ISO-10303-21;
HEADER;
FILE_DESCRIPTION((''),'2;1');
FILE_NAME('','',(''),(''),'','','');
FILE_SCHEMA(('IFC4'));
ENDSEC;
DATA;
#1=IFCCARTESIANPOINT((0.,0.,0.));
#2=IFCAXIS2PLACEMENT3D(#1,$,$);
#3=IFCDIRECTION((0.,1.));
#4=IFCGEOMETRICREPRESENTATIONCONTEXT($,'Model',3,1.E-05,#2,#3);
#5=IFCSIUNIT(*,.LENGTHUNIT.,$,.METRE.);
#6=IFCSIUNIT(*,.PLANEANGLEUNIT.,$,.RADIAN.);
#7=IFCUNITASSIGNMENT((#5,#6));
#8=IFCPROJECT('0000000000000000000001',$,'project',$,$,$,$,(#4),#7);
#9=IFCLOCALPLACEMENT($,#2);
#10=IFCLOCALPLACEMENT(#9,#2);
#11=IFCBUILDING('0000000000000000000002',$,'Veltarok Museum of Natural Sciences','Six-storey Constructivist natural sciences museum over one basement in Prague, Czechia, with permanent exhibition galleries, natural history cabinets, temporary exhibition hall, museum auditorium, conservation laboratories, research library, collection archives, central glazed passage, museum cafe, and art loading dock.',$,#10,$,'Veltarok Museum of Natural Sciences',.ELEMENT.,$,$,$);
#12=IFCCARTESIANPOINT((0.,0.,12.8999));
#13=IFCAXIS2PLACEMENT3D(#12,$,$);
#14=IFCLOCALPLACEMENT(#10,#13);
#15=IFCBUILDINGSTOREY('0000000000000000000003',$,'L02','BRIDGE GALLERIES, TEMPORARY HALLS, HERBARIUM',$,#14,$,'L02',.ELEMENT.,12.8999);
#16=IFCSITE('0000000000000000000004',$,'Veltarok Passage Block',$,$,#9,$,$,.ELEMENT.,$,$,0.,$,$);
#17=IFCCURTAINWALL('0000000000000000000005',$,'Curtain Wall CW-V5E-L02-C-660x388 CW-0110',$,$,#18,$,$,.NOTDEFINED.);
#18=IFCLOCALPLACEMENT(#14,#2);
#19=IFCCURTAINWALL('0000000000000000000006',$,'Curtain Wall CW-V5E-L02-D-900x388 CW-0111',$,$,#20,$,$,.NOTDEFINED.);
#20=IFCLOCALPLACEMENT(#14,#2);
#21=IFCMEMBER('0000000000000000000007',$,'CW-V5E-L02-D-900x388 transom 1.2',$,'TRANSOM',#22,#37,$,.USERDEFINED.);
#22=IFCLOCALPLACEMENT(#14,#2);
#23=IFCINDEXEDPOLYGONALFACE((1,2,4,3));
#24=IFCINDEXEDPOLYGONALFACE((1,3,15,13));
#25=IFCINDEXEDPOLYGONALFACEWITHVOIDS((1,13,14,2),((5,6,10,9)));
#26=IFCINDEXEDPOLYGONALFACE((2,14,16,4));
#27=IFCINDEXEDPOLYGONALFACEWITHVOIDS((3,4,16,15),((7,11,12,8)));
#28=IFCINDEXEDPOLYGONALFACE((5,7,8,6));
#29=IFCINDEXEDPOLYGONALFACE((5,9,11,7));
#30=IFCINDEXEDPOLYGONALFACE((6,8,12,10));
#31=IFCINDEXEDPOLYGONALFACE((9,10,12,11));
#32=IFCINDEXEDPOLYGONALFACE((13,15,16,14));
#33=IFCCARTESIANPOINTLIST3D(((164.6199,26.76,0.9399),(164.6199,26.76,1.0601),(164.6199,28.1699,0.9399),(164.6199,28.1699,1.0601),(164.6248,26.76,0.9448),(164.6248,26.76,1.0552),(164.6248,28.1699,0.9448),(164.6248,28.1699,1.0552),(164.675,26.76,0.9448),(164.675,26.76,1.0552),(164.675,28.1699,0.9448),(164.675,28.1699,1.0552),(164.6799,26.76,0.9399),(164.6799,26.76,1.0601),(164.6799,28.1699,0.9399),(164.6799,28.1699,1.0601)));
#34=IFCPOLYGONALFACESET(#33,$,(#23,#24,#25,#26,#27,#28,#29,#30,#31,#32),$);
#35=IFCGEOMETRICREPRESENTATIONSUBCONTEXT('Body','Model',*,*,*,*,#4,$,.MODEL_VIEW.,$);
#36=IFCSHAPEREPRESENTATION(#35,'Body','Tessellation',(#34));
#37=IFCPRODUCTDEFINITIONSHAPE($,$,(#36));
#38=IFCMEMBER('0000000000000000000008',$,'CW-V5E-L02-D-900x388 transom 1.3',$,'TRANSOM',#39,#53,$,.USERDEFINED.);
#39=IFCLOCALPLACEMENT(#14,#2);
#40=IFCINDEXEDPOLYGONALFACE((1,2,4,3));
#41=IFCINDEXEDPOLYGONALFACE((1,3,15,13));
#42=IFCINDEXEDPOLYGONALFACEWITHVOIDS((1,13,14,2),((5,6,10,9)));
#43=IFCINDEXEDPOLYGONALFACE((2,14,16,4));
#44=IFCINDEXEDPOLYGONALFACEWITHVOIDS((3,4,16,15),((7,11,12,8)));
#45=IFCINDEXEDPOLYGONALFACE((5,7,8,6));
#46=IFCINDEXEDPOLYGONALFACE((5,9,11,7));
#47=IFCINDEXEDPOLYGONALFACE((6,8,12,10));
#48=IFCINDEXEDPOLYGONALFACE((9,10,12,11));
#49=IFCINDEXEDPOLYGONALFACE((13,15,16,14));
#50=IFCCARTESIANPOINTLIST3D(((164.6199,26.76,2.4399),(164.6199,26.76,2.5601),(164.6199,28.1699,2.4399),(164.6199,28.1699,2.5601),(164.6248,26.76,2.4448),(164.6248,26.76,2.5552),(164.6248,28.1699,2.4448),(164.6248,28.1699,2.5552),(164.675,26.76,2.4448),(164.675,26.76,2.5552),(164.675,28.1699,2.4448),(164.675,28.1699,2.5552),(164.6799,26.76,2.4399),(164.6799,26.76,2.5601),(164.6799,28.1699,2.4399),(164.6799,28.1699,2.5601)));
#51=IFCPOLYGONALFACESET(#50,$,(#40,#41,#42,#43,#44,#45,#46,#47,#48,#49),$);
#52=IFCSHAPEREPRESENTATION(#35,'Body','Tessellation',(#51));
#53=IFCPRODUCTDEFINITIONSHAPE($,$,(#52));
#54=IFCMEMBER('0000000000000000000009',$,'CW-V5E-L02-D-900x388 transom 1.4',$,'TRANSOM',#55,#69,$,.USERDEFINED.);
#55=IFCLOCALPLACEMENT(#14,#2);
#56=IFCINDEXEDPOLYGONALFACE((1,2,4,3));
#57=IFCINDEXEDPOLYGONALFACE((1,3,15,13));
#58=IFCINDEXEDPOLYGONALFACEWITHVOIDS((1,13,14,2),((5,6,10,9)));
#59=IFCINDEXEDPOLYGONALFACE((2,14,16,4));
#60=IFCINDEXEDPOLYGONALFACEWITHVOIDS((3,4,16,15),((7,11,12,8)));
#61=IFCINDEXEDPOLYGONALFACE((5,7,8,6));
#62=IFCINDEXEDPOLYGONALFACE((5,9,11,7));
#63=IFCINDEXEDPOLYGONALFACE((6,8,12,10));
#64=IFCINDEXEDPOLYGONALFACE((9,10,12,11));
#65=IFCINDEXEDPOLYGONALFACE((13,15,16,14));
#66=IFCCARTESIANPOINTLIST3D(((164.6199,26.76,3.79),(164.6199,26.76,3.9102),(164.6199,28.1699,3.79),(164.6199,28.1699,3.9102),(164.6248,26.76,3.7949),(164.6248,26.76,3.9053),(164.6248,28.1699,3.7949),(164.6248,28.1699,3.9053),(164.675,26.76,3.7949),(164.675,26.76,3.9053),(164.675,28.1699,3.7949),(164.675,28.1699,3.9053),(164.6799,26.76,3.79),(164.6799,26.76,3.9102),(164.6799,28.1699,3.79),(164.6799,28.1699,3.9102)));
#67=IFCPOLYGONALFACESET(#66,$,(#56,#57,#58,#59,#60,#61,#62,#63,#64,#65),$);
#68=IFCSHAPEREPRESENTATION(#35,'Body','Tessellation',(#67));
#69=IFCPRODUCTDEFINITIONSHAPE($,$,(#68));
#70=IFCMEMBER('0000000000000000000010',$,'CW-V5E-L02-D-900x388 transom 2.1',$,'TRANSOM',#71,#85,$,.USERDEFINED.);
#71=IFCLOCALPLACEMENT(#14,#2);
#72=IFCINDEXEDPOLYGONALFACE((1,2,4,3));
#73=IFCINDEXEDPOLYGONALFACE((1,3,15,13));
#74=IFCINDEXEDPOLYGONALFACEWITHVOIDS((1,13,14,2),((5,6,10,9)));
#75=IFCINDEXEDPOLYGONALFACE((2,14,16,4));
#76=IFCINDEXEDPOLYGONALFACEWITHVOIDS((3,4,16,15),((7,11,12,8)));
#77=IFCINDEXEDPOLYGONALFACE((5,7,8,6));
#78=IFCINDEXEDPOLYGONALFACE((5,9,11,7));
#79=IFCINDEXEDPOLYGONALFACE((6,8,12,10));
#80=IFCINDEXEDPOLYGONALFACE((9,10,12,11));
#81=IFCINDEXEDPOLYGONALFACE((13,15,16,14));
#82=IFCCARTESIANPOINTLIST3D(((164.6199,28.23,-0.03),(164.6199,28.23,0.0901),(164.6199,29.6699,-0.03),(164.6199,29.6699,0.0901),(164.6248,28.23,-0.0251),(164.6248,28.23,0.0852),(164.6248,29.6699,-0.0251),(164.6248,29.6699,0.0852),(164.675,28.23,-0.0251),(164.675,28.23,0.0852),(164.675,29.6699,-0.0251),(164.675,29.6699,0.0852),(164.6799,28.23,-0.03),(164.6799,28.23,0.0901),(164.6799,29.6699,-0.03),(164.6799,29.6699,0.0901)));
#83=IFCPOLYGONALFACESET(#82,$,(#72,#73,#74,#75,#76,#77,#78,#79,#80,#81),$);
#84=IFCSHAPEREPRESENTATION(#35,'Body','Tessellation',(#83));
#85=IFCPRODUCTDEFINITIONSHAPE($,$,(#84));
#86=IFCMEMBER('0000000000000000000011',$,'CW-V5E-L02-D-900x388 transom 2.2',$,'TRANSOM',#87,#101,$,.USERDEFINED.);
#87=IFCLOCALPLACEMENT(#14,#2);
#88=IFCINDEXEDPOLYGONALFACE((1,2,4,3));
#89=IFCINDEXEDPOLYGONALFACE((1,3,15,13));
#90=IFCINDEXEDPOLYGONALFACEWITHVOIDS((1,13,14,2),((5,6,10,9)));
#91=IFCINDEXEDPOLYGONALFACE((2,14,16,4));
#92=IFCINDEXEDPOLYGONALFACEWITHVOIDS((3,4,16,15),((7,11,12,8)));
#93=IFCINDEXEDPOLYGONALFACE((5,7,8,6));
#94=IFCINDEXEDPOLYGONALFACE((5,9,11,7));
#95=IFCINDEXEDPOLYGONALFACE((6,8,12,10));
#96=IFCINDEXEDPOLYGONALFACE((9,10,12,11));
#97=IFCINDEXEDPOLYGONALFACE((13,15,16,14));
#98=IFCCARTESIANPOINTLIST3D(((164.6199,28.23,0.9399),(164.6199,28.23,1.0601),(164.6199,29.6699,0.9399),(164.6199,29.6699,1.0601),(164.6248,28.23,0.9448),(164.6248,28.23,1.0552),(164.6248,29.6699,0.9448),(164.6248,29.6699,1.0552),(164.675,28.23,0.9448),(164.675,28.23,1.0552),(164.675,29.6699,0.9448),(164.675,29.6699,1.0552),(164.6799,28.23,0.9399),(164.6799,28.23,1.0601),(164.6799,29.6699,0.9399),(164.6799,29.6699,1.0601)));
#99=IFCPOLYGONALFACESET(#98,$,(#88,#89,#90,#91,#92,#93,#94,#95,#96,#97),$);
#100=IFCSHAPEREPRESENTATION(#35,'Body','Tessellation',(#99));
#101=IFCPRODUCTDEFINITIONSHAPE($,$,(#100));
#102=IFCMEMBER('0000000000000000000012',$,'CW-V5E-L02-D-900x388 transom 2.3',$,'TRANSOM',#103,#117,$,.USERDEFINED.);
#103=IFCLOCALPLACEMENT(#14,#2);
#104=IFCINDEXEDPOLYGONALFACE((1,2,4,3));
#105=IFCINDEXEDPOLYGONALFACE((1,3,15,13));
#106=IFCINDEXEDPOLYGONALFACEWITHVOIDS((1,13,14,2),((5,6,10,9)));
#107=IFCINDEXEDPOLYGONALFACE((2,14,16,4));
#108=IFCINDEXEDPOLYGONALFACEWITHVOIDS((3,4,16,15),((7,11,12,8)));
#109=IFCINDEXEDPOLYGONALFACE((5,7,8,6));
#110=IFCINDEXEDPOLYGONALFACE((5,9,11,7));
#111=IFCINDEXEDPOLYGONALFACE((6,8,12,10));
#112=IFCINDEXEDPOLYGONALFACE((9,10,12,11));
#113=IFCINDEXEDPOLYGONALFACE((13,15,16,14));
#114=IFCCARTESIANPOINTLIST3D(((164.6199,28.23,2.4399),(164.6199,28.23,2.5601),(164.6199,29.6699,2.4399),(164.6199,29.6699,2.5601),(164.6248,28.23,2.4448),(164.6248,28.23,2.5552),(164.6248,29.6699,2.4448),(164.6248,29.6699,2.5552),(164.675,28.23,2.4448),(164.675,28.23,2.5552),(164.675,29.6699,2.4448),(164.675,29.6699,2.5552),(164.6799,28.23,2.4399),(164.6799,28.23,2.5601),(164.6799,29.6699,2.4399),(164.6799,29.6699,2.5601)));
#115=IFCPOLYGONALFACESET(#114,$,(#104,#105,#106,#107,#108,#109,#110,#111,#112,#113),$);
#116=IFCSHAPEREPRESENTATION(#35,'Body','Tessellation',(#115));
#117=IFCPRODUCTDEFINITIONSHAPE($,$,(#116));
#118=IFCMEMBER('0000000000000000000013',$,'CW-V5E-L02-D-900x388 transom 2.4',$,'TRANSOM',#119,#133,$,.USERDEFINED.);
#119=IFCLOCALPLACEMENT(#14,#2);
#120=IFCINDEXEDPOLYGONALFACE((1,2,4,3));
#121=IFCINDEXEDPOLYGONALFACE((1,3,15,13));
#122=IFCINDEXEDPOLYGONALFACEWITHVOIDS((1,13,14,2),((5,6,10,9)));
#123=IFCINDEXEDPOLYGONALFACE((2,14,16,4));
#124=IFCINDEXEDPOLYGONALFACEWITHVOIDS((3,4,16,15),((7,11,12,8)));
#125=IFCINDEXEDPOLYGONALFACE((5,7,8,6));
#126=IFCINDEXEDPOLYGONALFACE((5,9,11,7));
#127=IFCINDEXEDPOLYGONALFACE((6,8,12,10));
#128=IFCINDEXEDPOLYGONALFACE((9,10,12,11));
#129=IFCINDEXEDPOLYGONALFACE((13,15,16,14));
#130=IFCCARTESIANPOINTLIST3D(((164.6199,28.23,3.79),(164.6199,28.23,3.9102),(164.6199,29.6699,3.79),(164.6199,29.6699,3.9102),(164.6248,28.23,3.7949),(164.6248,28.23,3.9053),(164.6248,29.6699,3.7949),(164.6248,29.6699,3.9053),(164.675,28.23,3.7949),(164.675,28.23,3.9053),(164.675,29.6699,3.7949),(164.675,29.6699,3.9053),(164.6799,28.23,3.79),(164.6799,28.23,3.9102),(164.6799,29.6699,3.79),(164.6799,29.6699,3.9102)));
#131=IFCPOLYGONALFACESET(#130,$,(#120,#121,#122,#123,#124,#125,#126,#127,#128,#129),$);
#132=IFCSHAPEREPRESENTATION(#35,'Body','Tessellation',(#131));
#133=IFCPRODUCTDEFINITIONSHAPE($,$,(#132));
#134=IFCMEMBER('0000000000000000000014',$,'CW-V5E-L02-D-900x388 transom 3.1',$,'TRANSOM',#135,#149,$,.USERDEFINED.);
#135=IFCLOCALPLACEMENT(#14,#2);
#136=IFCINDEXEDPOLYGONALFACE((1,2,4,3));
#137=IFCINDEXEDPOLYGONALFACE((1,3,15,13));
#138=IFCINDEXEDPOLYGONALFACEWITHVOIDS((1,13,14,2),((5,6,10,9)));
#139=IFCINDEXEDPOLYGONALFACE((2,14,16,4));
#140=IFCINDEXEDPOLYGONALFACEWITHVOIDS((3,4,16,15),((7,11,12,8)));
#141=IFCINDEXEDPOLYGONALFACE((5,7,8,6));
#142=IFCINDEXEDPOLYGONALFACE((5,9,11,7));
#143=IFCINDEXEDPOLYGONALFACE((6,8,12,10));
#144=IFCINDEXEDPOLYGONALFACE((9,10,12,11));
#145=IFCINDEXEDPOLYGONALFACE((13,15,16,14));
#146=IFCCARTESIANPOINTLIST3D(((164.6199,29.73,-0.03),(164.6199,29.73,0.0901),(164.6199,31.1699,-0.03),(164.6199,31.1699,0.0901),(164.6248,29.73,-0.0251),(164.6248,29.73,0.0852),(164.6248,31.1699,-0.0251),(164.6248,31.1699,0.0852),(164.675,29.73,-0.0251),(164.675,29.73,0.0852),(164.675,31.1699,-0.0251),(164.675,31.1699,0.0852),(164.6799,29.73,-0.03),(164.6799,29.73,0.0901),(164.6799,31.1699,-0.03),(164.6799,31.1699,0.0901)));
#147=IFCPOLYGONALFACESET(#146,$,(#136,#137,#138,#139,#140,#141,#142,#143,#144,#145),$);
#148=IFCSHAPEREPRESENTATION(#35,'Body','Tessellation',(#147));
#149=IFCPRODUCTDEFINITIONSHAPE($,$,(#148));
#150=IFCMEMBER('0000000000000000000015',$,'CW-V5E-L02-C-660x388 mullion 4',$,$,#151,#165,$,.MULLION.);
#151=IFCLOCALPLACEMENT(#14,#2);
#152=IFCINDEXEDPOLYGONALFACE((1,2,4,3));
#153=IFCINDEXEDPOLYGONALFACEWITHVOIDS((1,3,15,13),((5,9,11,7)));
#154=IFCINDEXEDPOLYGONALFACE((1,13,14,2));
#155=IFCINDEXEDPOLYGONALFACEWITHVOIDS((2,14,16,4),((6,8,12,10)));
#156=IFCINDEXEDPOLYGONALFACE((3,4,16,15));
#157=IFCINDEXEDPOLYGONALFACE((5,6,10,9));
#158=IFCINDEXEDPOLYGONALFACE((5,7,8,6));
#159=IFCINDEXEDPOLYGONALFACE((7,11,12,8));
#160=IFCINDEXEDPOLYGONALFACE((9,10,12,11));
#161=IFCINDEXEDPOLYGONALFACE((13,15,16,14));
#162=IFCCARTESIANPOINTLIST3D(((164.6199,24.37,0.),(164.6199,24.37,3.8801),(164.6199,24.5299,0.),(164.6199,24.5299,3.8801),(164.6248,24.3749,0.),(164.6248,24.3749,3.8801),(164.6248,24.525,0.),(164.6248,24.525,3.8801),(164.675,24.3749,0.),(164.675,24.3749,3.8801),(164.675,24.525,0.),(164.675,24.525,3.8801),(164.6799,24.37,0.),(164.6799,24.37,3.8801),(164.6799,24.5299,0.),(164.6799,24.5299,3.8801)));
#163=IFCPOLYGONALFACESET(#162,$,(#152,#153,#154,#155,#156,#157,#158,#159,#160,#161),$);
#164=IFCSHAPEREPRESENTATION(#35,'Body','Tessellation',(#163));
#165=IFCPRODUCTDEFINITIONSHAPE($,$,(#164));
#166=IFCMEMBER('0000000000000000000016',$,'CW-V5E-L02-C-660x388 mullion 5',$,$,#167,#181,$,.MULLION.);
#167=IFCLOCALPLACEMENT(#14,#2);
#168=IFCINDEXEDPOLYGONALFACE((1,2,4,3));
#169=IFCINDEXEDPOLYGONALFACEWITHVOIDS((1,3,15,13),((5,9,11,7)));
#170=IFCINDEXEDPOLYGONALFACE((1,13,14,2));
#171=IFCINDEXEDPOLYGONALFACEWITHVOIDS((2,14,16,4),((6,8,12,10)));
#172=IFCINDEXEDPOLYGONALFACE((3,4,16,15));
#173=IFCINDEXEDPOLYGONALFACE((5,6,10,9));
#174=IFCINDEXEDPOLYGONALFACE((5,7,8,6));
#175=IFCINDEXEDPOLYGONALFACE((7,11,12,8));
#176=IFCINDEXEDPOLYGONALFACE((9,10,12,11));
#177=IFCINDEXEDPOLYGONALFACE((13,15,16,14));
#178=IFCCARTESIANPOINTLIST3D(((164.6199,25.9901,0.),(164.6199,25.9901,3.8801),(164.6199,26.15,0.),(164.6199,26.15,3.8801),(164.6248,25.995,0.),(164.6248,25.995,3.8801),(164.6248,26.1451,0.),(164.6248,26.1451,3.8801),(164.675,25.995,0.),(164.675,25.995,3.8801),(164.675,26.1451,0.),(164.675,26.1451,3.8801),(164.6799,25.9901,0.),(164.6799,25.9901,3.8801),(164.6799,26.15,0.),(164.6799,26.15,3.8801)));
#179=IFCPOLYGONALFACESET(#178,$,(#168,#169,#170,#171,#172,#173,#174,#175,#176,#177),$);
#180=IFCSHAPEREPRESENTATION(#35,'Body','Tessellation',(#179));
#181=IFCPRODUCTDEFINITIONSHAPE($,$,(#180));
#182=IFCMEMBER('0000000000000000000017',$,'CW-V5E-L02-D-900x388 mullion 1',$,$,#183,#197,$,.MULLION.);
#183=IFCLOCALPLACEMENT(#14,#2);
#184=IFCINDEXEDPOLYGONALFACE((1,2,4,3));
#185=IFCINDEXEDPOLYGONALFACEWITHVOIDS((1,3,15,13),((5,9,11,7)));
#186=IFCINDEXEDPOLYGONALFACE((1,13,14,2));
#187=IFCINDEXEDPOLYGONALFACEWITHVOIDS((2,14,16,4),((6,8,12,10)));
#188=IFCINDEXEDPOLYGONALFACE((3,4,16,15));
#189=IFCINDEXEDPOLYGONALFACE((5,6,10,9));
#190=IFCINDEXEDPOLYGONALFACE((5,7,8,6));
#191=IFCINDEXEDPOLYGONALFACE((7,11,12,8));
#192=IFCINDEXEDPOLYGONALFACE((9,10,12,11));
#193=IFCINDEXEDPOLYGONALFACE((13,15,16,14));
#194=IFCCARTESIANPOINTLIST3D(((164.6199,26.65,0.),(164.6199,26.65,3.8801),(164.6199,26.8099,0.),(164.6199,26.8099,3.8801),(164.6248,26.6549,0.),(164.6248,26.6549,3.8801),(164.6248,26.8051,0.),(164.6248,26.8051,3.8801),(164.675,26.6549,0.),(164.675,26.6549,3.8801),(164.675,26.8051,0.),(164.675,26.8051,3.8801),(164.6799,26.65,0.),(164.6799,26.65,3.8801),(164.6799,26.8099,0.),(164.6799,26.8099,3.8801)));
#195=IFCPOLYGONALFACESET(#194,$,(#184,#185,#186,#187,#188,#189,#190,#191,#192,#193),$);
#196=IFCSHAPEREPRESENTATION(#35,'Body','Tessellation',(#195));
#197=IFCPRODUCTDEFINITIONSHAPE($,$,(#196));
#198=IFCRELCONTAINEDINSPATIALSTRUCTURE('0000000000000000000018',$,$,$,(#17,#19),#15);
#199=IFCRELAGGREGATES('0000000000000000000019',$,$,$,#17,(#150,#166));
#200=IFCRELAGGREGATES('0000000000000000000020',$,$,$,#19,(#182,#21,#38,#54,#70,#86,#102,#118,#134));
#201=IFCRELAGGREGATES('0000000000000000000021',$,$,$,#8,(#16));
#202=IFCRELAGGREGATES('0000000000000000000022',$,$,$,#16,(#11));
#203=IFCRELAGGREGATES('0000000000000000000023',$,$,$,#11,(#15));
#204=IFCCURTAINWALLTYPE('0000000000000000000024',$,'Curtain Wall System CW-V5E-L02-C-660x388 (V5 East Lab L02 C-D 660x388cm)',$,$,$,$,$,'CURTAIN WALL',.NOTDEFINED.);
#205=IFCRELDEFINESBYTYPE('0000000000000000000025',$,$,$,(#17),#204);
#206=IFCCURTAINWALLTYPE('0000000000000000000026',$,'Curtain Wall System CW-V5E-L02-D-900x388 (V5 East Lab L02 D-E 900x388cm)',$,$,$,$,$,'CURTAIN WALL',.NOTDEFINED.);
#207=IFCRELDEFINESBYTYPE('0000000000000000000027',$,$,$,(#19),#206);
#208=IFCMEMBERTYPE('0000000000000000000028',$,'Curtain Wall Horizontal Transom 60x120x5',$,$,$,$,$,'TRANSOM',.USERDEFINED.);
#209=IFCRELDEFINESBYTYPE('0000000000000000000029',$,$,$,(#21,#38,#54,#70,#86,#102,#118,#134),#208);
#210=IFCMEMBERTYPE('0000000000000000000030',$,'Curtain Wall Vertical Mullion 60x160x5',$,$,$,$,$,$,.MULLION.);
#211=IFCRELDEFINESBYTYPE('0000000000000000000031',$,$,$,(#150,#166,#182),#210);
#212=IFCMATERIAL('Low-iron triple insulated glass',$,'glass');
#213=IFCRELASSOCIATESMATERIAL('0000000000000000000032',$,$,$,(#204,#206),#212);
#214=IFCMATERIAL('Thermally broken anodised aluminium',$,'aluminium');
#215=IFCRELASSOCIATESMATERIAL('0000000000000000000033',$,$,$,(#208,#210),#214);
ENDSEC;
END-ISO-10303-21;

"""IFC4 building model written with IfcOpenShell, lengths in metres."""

from ifc_helpers import new_model, si_unit, direction, frame, origin, origin_2d, place, context, subcontext, project, spatial, hollow_rectangle, extrude, material, material_profile, profile_set, type_object, element, aggregate, save


model = new_model("IFC4")

# Units and contexts
model_context = context("Model", 3, precision=1e-05, world=origin(), true_north=direction((0.0, 1.0)))
body_context = subcontext(model_context, "Body", "Model", "MODEL_VIEW")
ifc_project = project(units=[si_unit("LENGTHUNIT", "METRE"), si_unit("PLANEANGLEUNIT", "RADIAN")], contexts=[model_context])

# Site, building, storey
site_placement = place(None, origin())
site = spatial("IfcSite", under=ifc_project, at=site_placement, Name="Veltarok Passage Block", CompositionType="ELEMENT", RefElevation=0.0)
building_placement = place(site_placement, origin())
building = spatial("IfcBuilding", under=site, at=building_placement, Name="Veltarok Museum of Natural Sciences", Description="Six-storey Constructivist natural sciences museum over one basement in Prague, Czechia, with permanent exhibition galleries, natural history cabinets, temporary exhibition hall, museum auditorium, conservation laboratories, research library, collection archives, central glazed passage, museum cafe, and art loading dock.", LongName="Veltarok Museum of Natural Sciences", CompositionType="ELEMENT")
storey_placement = place(building_placement, frame((0.0, 0.0, 12.8999)))
storey = spatial("IfcBuildingStorey", under=building, at=storey_placement, Name="L02", Description="BRIDGE GALLERIES, TEMPORARY HALLS, HERBARIUM", LongName="L02", CompositionType="ELEMENT", Elevation=12.8999)

# Curtain walls, members
ifc_material_1 = material(Name="Low-iron triple insulated glass", Category="glass")
curtain_wall_type_1 = type_object("IfcCurtainWallType", Name="Curtain Wall System CW-V5E-L02-C-660x388 (V5 East Lab L02 C-D 660x388cm)", ElementType="CURTAIN WALL", PredefinedType="NOTDEFINED", material=ifc_material_1)
curtain_wall_1_placement = place(storey_placement, origin())
curtain_wall_1 = element("IfcCurtainWall", 1, at=curtain_wall_1_placement, inside=storey, type_object=curtain_wall_type_1, Name="Curtain Wall CW-V5E-L02-C-660x388 CW-0110", PredefinedType="NOTDEFINED")
ifc_material_2 = material(Name="Thermally broken anodised aluminium", Category="aluminium")
ifc_material_profile_1 = material_profile(ifc_material_2, hollow_rectangle(XDim=0.0601, YDim=0.1201, WallThickness=0.0049, at=origin_2d()), Name="CW TRANSOM 60x120x5")
ifc_profile_set_1 = profile_set([ifc_material_profile_1], Name="Thermally broken anodised aluminium")
member_type_1 = type_object("IfcMemberType", Name="Curtain Wall Horizontal Transom 60x120x5", ElementType="TRANSOM", PredefinedType="USERDEFINED", material=ifc_profile_set_1)
curtain_wall_type_2 = type_object("IfcCurtainWallType", Name="Curtain Wall System CW-V5E-L02-D-900x388 (V5 East Lab L02 D-E 900x388cm)", ElementType="CURTAIN WALL", PredefinedType="NOTDEFINED", material=ifc_material_1)
curtain_wall_2_placement = place(storey_placement, origin())
curtain_wall_2 = element("IfcCurtainWall", 2, at=curtain_wall_2_placement, inside=storey, type_object=curtain_wall_type_2, Name="Curtain Wall CW-V5E-L02-D-900x388 CW-0111", PredefinedType="NOTDEFINED")
member_1_placement = place(storey_placement, frame((164.6499, 26.76, 1.0), z_axis=(0.0, 1.0, 0.0), x_axis=(-1.0, 0.0, 0.0)))
member_1 = element("IfcMember", 3, at=member_1_placement, type_object=member_type_1, Name="CW-V5E-L02-D-900x388 transom 1.2", ObjectType="TRANSOM", PredefinedType="USERDEFINED", context=body_context, shape_type="SweptSolid", body=[
    extrude(hollow_rectangle(XDim=0.0601, YDim=0.1201, WallThickness=0.0049, at=origin_2d()), origin(), (0.0, 0.0, 1.0), 1.4099),
])
member_2_placement = place(storey_placement, frame((164.6499, 26.76, 2.5), z_axis=(0.0, 1.0, 0.0), x_axis=(-1.0, 0.0, 0.0)))
member_2 = element("IfcMember", 4, at=member_2_placement, type_object=member_type_1, Name="CW-V5E-L02-D-900x388 transom 1.3", ObjectType="TRANSOM", PredefinedType="USERDEFINED", context=body_context, shape_type="SweptSolid", body=[
    extrude(hollow_rectangle(XDim=0.0601, YDim=0.1201, WallThickness=0.0049, at=origin_2d()), origin(), (0.0, 0.0, 1.0), 1.4099),
])
member_3_placement = place(storey_placement, frame((164.6499, 26.76, 3.8501), z_axis=(0.0, 1.0, 0.0), x_axis=(-1.0, 0.0, 0.0)))
member_3 = element("IfcMember", 5, at=member_3_placement, type_object=member_type_1, Name="CW-V5E-L02-D-900x388 transom 1.4", ObjectType="TRANSOM", PredefinedType="USERDEFINED", context=body_context, shape_type="SweptSolid", body=[
    extrude(hollow_rectangle(XDim=0.0601, YDim=0.1201, WallThickness=0.0049, at=origin_2d()), origin(), (0.0, 0.0, 1.0), 1.4099),
])
member_4_placement = place(storey_placement, frame((164.6499, 28.23, 0.03), z_axis=(0.0, 1.0, 0.0), x_axis=(-1.0, 0.0, 0.0)))
member_4 = element("IfcMember", 6, at=member_4_placement, type_object=member_type_1, Name="CW-V5E-L02-D-900x388 transom 2.1", ObjectType="TRANSOM", PredefinedType="USERDEFINED", context=body_context, shape_type="SweptSolid", body=[
    extrude(hollow_rectangle(XDim=0.0601, YDim=0.1201, WallThickness=0.0049, at=origin_2d()), origin(), (0.0, 0.0, 1.0), 1.4399),
])
member_5_placement = place(storey_placement, frame((164.6499, 28.23, 1.0), z_axis=(0.0, 1.0, 0.0), x_axis=(-1.0, 0.0, 0.0)))
member_5 = element("IfcMember", 7, at=member_5_placement, type_object=member_type_1, Name="CW-V5E-L02-D-900x388 transom 2.2", ObjectType="TRANSOM", PredefinedType="USERDEFINED", context=body_context, shape_type="SweptSolid", body=[
    extrude(hollow_rectangle(XDim=0.0601, YDim=0.1201, WallThickness=0.0049, at=origin_2d()), origin(), (0.0, 0.0, 1.0), 1.4399),
])
member_6_placement = place(storey_placement, frame((164.6499, 28.23, 2.5), z_axis=(0.0, 1.0, 0.0), x_axis=(-1.0, 0.0, 0.0)))
member_6 = element("IfcMember", 8, at=member_6_placement, type_object=member_type_1, Name="CW-V5E-L02-D-900x388 transom 2.3", ObjectType="TRANSOM", PredefinedType="USERDEFINED", context=body_context, shape_type="SweptSolid", body=[
    extrude(hollow_rectangle(XDim=0.0601, YDim=0.1201, WallThickness=0.0049, at=origin_2d()), origin(), (0.0, 0.0, 1.0), 1.4399),
])
member_7_placement = place(storey_placement, frame((164.6499, 28.23, 3.8501), z_axis=(0.0, 1.0, 0.0), x_axis=(-1.0, 0.0, 0.0)))
member_7 = element("IfcMember", 9, at=member_7_placement, type_object=member_type_1, Name="CW-V5E-L02-D-900x388 transom 2.4", ObjectType="TRANSOM", PredefinedType="USERDEFINED", context=body_context, shape_type="SweptSolid", body=[
    extrude(hollow_rectangle(XDim=0.0601, YDim=0.1201, WallThickness=0.0049, at=origin_2d()), origin(), (0.0, 0.0, 1.0), 1.4399),
])
member_8_placement = place(storey_placement, frame((164.6499, 29.73, 0.03), z_axis=(0.0, 1.0, 0.0), x_axis=(-1.0, 0.0, 0.0)))
member_8 = element("IfcMember", 10, at=member_8_placement, type_object=member_type_1, Name="CW-V5E-L02-D-900x388 transom 3.1", ObjectType="TRANSOM", PredefinedType="USERDEFINED", context=body_context, shape_type="SweptSolid", body=[
    extrude(hollow_rectangle(XDim=0.0601, YDim=0.1201, WallThickness=0.0049, at=origin_2d()), origin(), (0.0, 0.0, 1.0), 1.4399),
])

# Members
ifc_material_profile_2 = material_profile(ifc_material_2, hollow_rectangle(XDim=0.0601, YDim=0.1599, WallThickness=0.0049, at=origin_2d()), Name="CW MULLION 60x160x5")
ifc_profile_set_2 = profile_set([ifc_material_profile_2], Name="Thermally broken anodised aluminium")
member_type_2 = type_object("IfcMemberType", Name="Curtain Wall Vertical Mullion 60x160x5", PredefinedType="MULLION", material=ifc_profile_set_2)
member_9_placement = place(storey_placement, frame((164.6499, 24.45, 0.0), z_axis=(0.0, 0.0, 1.0), x_axis=(-1.0, 0.0, 0.0)))
member_9 = element("IfcMember", 11, at=member_9_placement, type_object=member_type_2, Name="CW-V5E-L02-C-660x388 mullion 4", PredefinedType="MULLION", context=body_context, shape_type="SweptSolid", body=[
    extrude(hollow_rectangle(XDim=0.0601, YDim=0.1599, WallThickness=0.0049, at=origin_2d()), origin(), (0.0, 0.0, 1.0), 3.8801),
])
member_10_placement = place(storey_placement, frame((164.6499, 26.0701, 0.0), z_axis=(0.0, 0.0, 1.0), x_axis=(-1.0, 0.0, 0.0)))
member_10 = element("IfcMember", 12, at=member_10_placement, type_object=member_type_2, Name="CW-V5E-L02-C-660x388 mullion 5", PredefinedType="MULLION", context=body_context, shape_type="SweptSolid", body=[
    extrude(hollow_rectangle(XDim=0.0601, YDim=0.1599, WallThickness=0.0049, at=origin_2d()), origin(), (0.0, 0.0, 1.0), 3.8801),
])
member_11_placement = place(storey_placement, frame((164.6499, 26.73, 0.0), z_axis=(0.0, 0.0, 1.0), x_axis=(-1.0, 0.0, 0.0)))
member_11 = element("IfcMember", 13, at=member_11_placement, type_object=member_type_2, Name="CW-V5E-L02-D-900x388 mullion 1", PredefinedType="MULLION", context=body_context, shape_type="SweptSolid", body=[
    extrude(hollow_rectangle(XDim=0.0601, YDim=0.1599, WallThickness=0.0049, at=origin_2d()), origin(), (0.0, 0.0, 1.0), 3.8801),
])

aggregate(curtain_wall_1, [member_9, member_10])
aggregate(curtain_wall_2, [member_11, member_1, member_2, member_3, member_4, member_5, member_6, member_7, member_8])

save(model, "model.ifc")
